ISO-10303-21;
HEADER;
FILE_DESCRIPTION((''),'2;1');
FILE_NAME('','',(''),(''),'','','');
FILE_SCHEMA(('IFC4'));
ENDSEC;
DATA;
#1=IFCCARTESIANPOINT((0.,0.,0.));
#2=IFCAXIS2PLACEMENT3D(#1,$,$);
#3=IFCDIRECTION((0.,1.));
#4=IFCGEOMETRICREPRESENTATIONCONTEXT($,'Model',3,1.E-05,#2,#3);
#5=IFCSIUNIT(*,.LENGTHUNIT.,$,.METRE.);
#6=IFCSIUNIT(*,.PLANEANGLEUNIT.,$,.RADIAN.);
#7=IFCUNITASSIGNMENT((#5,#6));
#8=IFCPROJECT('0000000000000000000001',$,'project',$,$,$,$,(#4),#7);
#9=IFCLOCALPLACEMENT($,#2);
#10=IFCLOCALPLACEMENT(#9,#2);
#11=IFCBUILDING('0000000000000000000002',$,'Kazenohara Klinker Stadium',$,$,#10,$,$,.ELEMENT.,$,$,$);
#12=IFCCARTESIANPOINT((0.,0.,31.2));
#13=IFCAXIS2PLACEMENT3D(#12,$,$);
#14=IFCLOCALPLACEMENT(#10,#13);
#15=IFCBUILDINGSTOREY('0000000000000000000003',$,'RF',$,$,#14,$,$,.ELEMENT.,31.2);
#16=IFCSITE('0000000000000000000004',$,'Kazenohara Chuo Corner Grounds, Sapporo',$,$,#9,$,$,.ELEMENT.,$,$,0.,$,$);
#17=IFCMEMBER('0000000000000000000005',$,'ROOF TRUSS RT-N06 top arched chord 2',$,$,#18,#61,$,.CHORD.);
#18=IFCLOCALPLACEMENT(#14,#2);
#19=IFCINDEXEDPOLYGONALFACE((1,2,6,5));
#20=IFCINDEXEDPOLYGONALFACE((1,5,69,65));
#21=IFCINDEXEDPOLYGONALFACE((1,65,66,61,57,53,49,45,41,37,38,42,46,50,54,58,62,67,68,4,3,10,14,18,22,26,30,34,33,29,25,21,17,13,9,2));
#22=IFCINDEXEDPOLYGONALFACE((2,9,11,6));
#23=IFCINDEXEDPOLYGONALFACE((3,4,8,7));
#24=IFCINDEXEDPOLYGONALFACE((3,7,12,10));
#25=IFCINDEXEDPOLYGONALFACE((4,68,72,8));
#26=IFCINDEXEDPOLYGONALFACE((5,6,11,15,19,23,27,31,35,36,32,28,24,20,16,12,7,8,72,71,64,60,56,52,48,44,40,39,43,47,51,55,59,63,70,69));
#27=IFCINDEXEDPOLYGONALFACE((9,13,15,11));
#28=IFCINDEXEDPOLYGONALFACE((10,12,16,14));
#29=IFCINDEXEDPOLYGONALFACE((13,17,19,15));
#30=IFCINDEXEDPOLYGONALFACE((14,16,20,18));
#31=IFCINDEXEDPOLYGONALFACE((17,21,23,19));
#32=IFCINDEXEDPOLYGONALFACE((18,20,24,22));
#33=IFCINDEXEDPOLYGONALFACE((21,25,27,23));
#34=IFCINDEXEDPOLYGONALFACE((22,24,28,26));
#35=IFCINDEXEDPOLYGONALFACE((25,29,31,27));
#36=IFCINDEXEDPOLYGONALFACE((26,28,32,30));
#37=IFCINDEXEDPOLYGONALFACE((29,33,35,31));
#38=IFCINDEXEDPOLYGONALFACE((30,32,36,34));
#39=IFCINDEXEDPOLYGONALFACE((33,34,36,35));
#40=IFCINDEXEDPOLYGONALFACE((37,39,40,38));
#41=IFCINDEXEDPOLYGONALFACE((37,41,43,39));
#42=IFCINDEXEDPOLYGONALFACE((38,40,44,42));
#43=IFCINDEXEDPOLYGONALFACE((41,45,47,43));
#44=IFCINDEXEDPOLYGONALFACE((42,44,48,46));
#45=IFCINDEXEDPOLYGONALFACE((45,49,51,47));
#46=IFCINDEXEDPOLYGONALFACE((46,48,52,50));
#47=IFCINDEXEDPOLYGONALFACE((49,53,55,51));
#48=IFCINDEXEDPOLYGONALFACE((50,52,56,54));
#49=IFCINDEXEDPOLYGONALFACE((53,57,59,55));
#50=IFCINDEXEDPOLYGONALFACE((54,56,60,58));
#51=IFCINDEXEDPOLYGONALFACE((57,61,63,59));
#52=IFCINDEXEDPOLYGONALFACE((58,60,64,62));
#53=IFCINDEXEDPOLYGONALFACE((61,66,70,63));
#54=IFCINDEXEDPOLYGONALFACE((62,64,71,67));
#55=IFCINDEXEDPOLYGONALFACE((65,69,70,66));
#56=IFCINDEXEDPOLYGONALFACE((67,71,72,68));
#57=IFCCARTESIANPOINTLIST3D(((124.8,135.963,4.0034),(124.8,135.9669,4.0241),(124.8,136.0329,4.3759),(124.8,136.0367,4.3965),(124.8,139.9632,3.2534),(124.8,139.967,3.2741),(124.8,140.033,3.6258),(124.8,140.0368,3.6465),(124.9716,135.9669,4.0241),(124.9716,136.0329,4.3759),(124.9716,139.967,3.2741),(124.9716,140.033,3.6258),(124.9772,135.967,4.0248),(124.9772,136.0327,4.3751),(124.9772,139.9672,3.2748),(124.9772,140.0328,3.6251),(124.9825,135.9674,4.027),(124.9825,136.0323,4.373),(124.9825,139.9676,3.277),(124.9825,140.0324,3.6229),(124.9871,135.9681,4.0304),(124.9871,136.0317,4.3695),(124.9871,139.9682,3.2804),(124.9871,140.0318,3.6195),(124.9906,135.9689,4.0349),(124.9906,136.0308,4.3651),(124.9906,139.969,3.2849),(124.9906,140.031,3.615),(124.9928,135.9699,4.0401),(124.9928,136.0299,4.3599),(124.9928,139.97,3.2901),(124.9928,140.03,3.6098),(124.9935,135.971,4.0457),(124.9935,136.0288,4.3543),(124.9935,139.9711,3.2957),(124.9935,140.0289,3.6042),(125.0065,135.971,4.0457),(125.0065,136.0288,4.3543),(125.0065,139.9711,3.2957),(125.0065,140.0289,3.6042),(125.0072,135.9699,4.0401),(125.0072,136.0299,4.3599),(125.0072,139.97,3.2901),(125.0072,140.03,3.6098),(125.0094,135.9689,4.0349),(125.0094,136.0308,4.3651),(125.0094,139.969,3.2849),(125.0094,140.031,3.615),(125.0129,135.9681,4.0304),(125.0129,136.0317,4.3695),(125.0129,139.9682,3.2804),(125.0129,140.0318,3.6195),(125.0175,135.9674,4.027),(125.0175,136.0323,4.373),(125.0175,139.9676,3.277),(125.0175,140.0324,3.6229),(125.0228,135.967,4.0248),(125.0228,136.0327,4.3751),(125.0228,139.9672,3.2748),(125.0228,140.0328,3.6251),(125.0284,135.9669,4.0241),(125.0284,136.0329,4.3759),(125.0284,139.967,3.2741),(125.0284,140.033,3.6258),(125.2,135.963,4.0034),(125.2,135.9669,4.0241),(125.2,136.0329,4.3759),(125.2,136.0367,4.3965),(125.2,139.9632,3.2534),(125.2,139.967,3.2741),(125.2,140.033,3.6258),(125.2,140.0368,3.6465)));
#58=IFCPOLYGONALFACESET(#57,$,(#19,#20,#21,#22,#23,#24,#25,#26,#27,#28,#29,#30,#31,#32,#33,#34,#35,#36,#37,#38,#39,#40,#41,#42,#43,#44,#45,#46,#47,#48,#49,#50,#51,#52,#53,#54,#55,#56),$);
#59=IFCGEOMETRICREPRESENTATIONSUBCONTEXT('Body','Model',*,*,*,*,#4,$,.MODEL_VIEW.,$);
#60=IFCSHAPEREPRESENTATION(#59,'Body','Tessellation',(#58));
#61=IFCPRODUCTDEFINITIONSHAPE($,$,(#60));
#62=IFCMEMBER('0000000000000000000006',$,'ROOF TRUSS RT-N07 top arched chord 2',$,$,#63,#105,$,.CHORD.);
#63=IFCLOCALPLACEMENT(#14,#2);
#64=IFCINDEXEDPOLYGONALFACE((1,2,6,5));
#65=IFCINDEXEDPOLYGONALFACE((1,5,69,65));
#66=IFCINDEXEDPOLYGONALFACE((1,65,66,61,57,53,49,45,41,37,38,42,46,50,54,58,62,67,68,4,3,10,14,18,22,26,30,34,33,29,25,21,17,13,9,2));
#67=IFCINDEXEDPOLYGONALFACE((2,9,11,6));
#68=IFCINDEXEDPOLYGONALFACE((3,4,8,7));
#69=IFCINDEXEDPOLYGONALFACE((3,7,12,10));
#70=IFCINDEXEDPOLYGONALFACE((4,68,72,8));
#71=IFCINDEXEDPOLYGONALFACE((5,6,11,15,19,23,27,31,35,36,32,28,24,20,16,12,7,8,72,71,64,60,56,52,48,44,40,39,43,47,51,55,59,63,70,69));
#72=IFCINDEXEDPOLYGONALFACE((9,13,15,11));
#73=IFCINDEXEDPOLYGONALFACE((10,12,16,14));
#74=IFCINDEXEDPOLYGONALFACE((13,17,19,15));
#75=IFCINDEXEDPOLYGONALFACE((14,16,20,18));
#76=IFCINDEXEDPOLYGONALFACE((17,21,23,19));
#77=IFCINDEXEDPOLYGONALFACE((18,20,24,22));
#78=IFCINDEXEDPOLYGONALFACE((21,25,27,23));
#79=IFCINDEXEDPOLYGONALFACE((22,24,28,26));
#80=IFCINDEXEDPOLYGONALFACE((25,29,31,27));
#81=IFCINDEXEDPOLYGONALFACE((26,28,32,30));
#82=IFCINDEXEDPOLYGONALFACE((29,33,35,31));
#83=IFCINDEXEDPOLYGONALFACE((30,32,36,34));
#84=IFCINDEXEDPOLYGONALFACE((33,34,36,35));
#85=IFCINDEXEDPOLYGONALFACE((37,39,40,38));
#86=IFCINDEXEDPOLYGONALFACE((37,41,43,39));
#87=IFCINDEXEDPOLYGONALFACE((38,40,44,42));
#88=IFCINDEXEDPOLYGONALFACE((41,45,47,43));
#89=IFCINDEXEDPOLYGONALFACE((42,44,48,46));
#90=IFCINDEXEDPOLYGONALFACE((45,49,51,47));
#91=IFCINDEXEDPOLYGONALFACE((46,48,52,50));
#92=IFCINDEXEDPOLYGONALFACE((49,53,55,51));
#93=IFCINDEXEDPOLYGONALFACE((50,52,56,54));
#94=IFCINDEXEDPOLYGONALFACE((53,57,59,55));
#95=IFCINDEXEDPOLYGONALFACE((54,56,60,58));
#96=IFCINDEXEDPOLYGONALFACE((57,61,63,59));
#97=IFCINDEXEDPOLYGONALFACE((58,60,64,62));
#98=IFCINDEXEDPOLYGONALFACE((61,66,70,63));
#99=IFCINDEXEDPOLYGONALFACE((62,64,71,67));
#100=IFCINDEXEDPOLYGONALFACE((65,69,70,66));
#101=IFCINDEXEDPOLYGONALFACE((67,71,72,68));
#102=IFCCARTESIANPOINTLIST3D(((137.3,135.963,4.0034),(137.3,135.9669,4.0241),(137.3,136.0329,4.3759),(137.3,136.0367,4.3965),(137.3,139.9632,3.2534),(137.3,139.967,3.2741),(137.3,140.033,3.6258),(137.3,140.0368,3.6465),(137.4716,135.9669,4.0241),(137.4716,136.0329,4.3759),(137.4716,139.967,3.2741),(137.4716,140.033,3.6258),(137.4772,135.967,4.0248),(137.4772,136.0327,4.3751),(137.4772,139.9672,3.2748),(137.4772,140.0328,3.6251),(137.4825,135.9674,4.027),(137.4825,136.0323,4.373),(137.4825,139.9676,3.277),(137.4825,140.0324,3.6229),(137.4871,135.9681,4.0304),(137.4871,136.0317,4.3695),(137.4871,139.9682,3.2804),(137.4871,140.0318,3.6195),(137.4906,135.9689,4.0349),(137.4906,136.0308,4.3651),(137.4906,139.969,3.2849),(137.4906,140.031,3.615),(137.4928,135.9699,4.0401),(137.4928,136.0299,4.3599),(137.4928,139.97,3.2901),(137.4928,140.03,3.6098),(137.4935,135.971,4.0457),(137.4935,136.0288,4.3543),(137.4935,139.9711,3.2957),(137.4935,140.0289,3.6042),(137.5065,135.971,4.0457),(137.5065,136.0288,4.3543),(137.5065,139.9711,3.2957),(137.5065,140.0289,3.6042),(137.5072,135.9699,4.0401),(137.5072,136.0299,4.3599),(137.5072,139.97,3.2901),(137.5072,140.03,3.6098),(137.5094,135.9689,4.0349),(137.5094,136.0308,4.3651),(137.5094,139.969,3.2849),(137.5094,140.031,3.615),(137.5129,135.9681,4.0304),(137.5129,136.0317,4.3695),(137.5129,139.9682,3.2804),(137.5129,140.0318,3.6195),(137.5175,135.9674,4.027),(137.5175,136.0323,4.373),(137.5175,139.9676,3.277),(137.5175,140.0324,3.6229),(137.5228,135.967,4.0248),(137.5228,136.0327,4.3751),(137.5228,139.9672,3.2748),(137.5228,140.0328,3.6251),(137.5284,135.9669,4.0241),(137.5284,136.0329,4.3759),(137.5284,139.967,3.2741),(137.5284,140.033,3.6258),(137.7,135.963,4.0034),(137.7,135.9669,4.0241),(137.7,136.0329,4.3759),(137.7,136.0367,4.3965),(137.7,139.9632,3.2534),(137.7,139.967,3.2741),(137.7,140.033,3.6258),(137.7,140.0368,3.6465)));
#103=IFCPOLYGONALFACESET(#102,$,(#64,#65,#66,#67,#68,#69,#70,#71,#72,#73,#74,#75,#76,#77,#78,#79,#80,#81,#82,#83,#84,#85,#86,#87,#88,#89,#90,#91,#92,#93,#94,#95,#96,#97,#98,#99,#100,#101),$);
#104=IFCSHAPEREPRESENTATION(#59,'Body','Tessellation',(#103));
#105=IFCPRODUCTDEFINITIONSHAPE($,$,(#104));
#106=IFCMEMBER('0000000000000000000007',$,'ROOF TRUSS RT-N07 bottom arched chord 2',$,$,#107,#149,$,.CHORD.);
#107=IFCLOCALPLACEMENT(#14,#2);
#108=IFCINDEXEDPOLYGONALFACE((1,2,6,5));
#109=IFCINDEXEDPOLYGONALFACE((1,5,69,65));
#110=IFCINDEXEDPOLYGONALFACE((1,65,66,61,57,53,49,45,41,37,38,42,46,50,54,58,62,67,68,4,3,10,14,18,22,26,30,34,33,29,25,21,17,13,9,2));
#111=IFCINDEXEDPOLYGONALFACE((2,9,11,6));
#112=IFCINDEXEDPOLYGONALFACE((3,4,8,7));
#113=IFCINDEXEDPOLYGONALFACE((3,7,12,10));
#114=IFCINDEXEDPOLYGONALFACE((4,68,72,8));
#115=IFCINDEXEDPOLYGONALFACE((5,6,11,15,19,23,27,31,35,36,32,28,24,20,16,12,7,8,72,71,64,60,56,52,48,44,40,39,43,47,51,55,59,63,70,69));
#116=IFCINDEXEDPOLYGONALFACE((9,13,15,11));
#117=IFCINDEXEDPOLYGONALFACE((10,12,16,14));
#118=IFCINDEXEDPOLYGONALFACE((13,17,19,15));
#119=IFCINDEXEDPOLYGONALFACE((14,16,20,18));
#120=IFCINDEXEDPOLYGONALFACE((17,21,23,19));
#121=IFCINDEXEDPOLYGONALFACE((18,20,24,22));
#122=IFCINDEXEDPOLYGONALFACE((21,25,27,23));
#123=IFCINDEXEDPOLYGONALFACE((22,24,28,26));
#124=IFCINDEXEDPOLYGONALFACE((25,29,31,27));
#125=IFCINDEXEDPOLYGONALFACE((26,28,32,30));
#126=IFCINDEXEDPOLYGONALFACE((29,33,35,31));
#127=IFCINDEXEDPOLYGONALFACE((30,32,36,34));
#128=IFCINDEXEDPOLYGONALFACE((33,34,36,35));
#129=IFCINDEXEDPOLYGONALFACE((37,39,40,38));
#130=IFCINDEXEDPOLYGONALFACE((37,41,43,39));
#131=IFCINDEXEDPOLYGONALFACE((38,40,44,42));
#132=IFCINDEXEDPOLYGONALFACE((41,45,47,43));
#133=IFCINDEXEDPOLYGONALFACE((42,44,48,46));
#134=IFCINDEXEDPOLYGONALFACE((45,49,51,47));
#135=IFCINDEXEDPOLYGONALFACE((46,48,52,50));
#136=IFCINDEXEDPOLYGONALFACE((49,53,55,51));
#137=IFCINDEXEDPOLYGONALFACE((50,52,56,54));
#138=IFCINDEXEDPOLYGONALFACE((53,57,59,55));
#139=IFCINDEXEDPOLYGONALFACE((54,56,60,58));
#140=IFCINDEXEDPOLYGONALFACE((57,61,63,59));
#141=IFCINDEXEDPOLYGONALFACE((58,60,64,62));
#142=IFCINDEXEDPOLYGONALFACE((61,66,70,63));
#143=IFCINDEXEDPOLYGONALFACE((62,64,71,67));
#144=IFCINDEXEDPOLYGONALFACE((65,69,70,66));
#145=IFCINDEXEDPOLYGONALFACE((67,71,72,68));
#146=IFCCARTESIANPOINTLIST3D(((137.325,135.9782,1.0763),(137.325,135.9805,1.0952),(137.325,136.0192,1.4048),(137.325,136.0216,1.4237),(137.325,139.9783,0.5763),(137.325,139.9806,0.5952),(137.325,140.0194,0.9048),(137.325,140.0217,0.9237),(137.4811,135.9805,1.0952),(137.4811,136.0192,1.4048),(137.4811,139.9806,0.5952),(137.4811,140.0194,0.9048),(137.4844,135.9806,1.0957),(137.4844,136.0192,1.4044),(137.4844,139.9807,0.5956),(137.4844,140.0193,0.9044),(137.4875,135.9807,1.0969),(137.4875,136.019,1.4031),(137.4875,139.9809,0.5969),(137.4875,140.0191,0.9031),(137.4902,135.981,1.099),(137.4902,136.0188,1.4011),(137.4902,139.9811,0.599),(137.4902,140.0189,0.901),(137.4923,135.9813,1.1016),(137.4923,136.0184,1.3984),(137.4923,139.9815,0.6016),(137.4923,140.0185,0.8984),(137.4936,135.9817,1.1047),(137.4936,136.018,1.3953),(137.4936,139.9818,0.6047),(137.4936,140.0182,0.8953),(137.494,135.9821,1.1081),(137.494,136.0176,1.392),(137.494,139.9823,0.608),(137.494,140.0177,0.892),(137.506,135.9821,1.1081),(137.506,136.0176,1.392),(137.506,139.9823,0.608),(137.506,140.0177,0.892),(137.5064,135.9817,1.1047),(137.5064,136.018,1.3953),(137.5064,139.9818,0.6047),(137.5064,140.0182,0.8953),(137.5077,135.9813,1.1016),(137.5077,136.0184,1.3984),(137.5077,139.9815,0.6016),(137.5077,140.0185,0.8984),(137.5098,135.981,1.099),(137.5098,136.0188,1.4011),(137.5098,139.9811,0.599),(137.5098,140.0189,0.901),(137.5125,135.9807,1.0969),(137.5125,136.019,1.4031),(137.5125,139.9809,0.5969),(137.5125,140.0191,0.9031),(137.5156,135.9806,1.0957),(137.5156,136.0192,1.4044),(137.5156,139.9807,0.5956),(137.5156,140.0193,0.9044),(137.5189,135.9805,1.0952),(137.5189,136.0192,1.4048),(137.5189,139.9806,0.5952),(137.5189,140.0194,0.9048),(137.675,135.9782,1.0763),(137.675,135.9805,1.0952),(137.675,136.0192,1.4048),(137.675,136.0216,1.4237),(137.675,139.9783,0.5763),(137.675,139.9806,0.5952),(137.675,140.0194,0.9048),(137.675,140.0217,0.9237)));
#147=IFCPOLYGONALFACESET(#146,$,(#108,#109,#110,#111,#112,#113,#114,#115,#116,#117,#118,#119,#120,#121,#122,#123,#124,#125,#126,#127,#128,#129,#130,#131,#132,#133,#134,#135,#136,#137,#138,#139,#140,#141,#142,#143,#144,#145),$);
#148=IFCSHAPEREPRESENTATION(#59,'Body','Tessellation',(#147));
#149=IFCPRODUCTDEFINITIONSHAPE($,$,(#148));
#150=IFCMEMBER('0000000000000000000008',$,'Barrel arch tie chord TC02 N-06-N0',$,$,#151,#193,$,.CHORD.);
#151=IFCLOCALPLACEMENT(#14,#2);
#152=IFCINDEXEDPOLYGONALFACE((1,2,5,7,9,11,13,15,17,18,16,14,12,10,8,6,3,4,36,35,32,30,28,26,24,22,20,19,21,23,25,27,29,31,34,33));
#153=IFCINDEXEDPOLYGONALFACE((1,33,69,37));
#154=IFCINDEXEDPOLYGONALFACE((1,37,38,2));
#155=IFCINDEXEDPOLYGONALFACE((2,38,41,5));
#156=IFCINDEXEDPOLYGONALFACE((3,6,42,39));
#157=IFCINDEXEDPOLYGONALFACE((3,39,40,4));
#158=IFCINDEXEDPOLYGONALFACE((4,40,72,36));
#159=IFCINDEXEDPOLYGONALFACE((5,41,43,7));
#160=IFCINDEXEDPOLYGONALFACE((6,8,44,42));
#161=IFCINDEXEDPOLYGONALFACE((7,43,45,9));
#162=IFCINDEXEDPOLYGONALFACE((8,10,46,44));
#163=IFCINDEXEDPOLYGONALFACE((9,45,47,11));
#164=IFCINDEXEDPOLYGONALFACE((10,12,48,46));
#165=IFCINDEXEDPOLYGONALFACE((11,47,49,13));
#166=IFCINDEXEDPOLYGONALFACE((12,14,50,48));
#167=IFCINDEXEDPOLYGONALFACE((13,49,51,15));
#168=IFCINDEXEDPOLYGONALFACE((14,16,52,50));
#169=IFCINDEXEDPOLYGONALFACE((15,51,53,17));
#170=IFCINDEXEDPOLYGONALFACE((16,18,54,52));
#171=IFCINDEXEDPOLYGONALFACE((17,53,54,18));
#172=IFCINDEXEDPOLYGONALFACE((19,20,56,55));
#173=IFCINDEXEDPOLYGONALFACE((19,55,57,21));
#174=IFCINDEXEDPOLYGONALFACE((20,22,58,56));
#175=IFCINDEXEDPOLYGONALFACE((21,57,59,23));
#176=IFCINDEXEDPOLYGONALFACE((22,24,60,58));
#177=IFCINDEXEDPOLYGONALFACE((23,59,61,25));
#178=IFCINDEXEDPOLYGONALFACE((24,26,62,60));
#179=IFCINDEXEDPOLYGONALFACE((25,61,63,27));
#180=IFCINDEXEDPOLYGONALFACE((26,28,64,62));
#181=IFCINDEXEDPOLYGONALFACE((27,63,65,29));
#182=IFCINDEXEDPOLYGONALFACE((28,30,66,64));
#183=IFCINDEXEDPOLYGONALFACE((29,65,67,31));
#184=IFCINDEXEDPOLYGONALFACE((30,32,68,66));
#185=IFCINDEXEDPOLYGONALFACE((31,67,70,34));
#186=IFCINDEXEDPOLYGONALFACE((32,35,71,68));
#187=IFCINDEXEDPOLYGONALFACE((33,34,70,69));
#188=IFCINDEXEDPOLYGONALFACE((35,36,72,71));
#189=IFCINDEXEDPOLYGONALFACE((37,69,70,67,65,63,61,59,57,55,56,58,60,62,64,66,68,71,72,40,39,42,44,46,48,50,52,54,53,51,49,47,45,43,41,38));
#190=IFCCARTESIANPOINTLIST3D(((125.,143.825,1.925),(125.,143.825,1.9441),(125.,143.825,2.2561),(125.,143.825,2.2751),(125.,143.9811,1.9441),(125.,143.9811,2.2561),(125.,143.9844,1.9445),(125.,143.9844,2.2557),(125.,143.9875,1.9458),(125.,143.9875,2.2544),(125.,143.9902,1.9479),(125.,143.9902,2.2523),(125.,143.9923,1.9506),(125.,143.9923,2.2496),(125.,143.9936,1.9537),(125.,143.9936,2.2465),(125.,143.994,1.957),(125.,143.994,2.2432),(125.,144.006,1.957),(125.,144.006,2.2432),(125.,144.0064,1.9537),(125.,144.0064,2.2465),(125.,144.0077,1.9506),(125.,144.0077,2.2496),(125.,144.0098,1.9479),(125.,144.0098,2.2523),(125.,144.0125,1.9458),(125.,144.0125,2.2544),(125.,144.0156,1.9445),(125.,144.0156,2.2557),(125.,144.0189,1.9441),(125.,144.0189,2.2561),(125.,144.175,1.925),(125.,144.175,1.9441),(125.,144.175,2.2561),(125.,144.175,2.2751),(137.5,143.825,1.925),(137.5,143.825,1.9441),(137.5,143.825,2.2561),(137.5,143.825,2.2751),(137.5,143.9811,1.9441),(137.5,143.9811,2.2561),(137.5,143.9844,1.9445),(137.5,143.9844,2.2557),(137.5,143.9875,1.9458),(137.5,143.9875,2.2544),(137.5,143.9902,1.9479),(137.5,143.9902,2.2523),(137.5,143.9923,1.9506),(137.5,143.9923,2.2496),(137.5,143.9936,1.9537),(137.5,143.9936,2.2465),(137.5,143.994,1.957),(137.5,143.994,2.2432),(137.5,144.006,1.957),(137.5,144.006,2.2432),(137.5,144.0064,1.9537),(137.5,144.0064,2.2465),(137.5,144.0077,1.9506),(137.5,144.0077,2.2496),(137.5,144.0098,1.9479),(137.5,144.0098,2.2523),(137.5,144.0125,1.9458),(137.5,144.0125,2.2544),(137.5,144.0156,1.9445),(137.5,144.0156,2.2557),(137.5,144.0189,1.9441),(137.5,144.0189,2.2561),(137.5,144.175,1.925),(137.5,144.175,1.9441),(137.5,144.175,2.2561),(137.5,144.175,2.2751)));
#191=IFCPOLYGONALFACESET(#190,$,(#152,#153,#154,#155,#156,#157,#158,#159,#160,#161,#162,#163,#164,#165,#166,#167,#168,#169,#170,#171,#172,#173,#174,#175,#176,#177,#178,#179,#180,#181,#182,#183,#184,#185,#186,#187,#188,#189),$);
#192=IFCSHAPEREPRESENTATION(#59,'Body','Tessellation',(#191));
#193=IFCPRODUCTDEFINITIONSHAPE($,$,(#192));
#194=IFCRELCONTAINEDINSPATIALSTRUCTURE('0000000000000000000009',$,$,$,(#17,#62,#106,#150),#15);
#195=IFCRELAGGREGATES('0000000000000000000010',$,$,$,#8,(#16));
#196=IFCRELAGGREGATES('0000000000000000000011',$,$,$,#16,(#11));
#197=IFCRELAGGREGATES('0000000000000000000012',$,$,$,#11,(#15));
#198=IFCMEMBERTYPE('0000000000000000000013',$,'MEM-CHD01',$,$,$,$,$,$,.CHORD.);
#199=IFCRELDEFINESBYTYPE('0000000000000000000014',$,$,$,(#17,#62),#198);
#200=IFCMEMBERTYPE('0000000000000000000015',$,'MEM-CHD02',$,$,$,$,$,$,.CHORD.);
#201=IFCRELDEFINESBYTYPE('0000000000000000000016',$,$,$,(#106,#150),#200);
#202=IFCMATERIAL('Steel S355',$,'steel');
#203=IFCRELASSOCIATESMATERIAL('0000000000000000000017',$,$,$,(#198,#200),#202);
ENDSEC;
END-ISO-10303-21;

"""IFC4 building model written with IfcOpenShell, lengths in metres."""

from ifc_helpers import new_model, si_unit, direction, frame, origin, origin_2d, place, context, subcontext, project, spatial, i_section, extrude, material, material_profile, profile_set, type_object, element, save


model = new_model("IFC4")

# Units and contexts
model_context = context("Model", 3, precision=1e-05, world=origin(), true_north=direction((0.0, 1.0)))
body_context = subcontext(model_context, "Body", "Model", "MODEL_VIEW")
ifc_project = project(units=[si_unit("LENGTHUNIT", "METRE"), si_unit("PLANEANGLEUNIT", "RADIAN")], contexts=[model_context])

# Site, building, storey
site_placement = place(None, origin())
site = spatial("IfcSite", under=ifc_project, at=site_placement, Name="Kazenohara Chuo Corner Grounds, Sapporo", CompositionType="ELEMENT", RefElevation=0.0)
building_placement = place(site_placement, origin())
building = spatial("IfcBuilding", under=site, at=building_placement, Name="Kazenohara Klinker Stadium", CompositionType="ELEMENT")
storey_placement = place(building_placement, frame((0.0, 0.0, 31.2)))
storey = spatial("IfcBuildingStorey", under=building, at=storey_placement, Name="RF", CompositionType="ELEMENT", Elevation=31.2)

# Members
ifc_material_1 = material(Name="Steel S355", Category="steel")
ifc_material_profile_1 = material_profile(ifc_material_1, i_section(OverallWidth=0.3999, OverallDepth=0.3999, WebThickness=0.0129, FlangeThickness=0.021, FilletRadius=0.022, at=origin_2d()), Name="H-400x400x13x21")
ifc_profile_set_1 = profile_set([ifc_material_profile_1], Name="Steel S355")
member_type_1 = type_object("IfcMemberType", Name="MEM-CHD01", PredefinedType="CHORD", material=ifc_profile_set_1)
for number, where, z_axis, x_axis, name in (
    (1, (125.0, 140.0, 3.45), (0.0, -0.982872, 0.184289), (1.0, 0.0, 0.0), "ROOF TRUSS RT-N06 top arched chord 2"),
    (2, (137.5, 140.0, 3.45), (0.0, -0.982872, 0.184289), (1.0, 0.0, 0.0), "ROOF TRUSS RT-N07 top arched chord 2"),
):
    element("IfcMember", number, at=place(storey_placement, frame(where, z_axis=z_axis, x_axis=x_axis)), inside=storey, type_object=member_type_1, Name=name, PredefinedType="CHORD", context=body_context, shape_type="SweptSolid", body=[
        extrude(i_section(OverallWidth=0.3999, OverallDepth=0.3999, WebThickness=0.0129, FlangeThickness=0.021, FilletRadius=0.022, at=origin_2d()), origin(), (0.0, 0.0, 1.0), 4.0698),
    ])
ifc_material_profile_2 = material_profile(ifc_material_1, i_section(OverallWidth=0.3501, OverallDepth=0.3501, WebThickness=0.012, FlangeThickness=0.019, FilletRadius=0.0129, at=origin_2d()), Name="H-350x350x12x19")
ifc_profile_set_2 = profile_set([ifc_material_profile_2], Name="Steel S355")
member_type_2 = type_object("IfcMemberType", Name="MEM-CHD02", PredefinedType="CHORD", material=ifc_profile_set_2)
member_1_placement = place(storey_placement, frame((137.5, 140.0, 0.75), z_axis=(0.0, -0.992278, 0.124035), x_axis=(1.0, 0.0, 0.0)))
element("IfcMember", 3, at=member_1_placement, inside=storey, type_object=member_type_2, Name="ROOF TRUSS RT-N07 bottom arched chord 2", PredefinedType="CHORD", context=body_context, shape_type="SweptSolid", body=[
    extrude(i_section(OverallWidth=0.3501, OverallDepth=0.3501, WebThickness=0.012, FlangeThickness=0.019, FilletRadius=0.0129, at=origin_2d()), origin(), (0.0, 0.0, 1.0), 4.0312),
])
member_2_placement = place(storey_placement, frame((125.0, 144.0, 2.1001), z_axis=(1.0, 0.0, 0.0), x_axis=(0.0, 1.0, 0.0)))
element("IfcMember", 4, at=member_2_placement, inside=storey, type_object=member_type_2, Name="Barrel arch tie chord TC02 N-06-N0", PredefinedType="CHORD", context=body_context, shape_type="SweptSolid", body=[
    extrude(i_section(OverallWidth=0.3501, OverallDepth=0.3501, WebThickness=0.012, FlangeThickness=0.019, FilletRadius=0.0129, at=origin_2d()), origin(), (0.0, 0.0, 1.0), 12.5),
])

save(model, "model.ifc")
